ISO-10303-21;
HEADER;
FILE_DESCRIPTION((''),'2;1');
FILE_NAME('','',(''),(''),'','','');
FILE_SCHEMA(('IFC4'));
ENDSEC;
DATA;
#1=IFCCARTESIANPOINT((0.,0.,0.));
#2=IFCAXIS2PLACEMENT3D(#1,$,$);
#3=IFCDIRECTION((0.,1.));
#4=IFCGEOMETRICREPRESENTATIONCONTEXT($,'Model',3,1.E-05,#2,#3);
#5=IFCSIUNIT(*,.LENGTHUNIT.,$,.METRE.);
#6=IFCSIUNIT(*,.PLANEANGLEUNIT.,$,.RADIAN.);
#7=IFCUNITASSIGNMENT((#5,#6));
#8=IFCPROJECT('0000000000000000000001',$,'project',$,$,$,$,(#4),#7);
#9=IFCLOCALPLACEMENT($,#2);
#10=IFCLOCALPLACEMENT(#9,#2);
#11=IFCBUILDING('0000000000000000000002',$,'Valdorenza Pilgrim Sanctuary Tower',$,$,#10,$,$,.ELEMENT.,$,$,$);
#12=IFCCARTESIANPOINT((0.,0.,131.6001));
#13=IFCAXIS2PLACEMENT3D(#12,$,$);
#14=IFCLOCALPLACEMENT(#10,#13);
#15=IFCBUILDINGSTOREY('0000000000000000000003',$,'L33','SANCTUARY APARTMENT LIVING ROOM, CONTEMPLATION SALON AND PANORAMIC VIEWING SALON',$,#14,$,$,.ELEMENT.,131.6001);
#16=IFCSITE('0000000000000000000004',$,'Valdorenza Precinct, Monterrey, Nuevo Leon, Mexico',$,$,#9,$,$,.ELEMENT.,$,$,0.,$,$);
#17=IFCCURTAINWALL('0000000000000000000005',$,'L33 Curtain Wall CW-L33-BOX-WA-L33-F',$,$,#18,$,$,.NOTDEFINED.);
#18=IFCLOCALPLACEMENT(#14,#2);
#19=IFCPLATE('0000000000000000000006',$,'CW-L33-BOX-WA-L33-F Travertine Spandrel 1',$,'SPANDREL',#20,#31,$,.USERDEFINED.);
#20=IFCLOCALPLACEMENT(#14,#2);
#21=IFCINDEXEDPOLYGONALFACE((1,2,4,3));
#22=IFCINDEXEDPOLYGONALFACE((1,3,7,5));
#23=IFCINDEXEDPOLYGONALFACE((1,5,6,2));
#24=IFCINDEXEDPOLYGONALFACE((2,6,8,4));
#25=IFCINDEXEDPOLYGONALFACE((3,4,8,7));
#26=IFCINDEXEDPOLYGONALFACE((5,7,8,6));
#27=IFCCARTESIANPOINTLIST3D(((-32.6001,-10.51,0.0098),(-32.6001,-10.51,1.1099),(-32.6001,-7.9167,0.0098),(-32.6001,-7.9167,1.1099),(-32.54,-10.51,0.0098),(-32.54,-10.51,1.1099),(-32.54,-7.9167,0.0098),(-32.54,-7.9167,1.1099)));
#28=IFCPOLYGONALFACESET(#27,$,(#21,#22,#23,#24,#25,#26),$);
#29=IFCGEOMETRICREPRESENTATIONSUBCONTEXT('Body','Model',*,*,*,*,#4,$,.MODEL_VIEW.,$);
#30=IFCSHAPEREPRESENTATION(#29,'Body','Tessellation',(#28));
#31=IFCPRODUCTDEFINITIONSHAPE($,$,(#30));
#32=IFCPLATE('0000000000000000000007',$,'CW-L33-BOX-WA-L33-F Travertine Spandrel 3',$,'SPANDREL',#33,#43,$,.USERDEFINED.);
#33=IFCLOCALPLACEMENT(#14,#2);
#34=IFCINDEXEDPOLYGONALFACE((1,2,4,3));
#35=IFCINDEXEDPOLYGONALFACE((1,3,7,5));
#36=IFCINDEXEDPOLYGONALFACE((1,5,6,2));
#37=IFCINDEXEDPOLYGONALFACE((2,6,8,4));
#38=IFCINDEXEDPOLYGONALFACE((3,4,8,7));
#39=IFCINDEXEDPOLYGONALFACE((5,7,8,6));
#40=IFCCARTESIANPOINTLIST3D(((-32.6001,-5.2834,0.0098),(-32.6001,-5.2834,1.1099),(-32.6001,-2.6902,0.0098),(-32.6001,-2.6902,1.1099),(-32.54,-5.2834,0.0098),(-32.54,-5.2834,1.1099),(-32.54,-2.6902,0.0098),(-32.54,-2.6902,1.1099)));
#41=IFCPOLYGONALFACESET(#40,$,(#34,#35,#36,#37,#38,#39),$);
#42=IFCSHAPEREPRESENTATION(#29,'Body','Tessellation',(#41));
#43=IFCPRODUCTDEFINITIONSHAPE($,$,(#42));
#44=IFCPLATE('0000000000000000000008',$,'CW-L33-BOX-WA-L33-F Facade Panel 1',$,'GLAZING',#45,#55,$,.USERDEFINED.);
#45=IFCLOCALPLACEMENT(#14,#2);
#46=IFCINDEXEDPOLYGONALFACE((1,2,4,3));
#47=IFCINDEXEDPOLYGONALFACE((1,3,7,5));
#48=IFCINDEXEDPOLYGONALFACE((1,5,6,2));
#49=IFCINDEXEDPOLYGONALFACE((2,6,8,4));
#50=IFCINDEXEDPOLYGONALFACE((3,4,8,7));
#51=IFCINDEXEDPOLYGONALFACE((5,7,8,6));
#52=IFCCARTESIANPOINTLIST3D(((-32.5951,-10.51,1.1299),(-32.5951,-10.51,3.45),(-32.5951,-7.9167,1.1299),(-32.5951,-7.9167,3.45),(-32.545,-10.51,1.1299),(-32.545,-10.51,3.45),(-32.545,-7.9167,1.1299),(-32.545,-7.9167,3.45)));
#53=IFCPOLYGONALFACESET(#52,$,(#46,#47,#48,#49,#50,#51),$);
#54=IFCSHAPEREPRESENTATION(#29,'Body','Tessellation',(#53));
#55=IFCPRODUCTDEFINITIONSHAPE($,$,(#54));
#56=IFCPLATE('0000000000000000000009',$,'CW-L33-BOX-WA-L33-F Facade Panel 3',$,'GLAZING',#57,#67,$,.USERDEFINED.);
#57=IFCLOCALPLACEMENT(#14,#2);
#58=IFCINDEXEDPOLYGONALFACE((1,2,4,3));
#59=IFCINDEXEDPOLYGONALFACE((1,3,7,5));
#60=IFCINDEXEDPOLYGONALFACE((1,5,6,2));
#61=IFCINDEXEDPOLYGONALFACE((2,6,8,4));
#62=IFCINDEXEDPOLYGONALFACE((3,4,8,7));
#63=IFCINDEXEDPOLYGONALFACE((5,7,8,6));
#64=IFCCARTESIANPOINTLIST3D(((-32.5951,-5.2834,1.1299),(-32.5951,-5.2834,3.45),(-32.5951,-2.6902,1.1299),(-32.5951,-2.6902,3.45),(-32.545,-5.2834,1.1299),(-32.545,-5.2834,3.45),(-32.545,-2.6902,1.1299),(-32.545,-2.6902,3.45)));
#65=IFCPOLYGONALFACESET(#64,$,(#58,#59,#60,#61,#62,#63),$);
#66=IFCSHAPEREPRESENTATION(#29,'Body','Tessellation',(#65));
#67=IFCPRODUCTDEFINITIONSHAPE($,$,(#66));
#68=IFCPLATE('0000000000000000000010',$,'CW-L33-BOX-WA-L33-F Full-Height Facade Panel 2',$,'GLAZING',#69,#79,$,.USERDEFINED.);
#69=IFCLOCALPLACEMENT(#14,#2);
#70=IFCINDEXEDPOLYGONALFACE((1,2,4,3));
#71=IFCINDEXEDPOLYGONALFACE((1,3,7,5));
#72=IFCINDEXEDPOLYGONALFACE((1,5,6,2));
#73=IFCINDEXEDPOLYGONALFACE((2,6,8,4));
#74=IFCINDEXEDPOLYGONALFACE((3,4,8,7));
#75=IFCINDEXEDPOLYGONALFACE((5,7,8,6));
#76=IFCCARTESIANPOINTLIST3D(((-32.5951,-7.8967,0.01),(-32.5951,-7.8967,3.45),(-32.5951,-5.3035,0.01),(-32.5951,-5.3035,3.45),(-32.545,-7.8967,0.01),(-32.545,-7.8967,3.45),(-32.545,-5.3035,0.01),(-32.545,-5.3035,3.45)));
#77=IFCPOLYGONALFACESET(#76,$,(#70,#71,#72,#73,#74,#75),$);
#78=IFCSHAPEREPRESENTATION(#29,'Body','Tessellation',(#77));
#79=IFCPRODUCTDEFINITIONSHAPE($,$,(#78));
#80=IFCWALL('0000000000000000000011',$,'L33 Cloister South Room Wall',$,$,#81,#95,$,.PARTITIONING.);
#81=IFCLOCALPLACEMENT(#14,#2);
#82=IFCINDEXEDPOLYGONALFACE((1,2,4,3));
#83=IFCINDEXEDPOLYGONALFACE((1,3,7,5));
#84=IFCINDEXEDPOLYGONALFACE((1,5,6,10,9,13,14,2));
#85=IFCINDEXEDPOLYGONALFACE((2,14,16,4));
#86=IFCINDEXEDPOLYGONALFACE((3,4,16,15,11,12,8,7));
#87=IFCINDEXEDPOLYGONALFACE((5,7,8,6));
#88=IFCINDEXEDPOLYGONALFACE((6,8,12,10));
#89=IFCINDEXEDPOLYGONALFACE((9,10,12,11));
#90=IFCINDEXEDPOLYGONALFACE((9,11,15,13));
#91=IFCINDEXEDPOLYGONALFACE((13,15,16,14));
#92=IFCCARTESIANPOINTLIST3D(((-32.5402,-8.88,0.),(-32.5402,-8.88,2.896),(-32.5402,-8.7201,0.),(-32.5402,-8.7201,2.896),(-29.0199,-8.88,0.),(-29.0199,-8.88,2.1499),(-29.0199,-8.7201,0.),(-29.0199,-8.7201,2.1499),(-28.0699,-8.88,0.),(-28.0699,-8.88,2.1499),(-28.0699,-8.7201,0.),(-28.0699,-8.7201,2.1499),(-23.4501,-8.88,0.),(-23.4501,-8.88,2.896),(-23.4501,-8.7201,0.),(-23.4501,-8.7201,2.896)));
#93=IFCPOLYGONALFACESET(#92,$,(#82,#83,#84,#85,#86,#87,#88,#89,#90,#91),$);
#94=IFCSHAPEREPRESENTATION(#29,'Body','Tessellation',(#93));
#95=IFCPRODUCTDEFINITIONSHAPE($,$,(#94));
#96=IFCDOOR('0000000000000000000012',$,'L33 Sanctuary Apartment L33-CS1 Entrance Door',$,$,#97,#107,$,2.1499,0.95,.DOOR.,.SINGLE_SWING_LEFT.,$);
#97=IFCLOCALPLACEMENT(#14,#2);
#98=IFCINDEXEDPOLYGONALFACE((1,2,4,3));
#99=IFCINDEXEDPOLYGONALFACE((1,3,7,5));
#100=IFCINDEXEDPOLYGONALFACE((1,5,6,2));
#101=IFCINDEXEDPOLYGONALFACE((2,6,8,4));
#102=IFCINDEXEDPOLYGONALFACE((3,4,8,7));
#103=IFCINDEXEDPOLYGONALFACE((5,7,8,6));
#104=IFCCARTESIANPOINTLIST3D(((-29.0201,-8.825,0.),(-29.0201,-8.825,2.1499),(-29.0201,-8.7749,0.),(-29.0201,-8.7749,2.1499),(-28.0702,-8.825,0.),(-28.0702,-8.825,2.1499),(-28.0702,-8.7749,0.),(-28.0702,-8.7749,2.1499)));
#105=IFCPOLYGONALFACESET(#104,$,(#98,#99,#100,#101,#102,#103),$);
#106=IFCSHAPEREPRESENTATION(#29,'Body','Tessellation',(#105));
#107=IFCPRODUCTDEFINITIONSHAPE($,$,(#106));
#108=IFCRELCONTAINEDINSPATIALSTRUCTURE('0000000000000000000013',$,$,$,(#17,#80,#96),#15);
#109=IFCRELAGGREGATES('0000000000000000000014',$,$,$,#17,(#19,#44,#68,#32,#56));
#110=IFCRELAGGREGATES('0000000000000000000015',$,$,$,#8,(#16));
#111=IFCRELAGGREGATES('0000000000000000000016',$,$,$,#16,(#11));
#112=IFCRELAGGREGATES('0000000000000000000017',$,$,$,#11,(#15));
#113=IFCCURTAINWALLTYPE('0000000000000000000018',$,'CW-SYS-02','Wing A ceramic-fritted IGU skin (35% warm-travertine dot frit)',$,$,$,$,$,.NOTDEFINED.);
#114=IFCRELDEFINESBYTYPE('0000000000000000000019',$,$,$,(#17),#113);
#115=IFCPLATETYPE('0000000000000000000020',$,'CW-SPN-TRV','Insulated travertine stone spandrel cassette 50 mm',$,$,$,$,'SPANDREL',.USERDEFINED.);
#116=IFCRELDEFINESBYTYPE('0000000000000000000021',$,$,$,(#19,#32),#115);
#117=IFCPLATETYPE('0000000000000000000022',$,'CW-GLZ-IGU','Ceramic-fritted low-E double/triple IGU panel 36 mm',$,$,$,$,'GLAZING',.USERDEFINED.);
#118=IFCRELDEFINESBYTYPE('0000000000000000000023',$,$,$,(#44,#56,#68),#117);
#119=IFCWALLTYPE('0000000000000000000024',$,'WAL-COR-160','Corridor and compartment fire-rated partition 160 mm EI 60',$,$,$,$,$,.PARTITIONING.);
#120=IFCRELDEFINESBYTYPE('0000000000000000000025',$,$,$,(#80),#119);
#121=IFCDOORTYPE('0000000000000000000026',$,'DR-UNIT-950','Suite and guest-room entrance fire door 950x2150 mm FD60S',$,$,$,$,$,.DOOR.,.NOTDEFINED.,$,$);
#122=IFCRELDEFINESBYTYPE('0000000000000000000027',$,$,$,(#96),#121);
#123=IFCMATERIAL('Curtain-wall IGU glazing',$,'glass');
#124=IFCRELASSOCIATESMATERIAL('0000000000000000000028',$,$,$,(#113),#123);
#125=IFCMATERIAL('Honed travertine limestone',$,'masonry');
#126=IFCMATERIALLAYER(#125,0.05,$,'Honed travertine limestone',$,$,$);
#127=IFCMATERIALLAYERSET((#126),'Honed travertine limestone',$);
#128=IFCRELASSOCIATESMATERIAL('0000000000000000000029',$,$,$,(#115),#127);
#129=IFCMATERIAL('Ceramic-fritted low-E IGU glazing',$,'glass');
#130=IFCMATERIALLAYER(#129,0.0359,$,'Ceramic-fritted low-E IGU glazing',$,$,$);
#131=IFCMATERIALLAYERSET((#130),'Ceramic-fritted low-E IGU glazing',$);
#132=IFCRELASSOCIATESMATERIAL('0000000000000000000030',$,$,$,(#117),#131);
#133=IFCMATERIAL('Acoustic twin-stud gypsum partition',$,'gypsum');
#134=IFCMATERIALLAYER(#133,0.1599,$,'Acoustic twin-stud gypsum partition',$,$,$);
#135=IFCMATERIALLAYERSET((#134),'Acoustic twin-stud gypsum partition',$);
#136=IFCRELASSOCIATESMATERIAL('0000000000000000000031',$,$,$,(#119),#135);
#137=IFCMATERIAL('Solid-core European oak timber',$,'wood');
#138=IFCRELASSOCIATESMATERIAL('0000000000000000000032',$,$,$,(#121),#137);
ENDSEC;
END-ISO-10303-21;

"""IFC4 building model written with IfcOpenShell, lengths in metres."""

from ifc_helpers import new_model, si_unit, direction, frame, frame_2d, origin, origin_2d, place, context, subcontext, project, spatial, rectangle, extrude, source, transform, mapped, material, layer, layer_set, type_object, element, fill, aggregate, save


model = new_model("IFC4")

# Units and contexts
model_context = context("Model", 3, precision=1e-05, world=origin(), true_north=direction((0.0, 1.0)))
body_context = subcontext(model_context, "Body", "Model", "MODEL_VIEW")
ifc_project = project(units=[si_unit("LENGTHUNIT", "METRE"), si_unit("PLANEANGLEUNIT", "RADIAN")], contexts=[model_context])

# Site, building, storey
site_placement = place(None, origin())
site = spatial("IfcSite", under=ifc_project, at=site_placement, Name="Valdorenza Precinct, Monterrey, Nuevo Leon, Mexico", CompositionType="ELEMENT", RefElevation=0.0)
building_placement = place(site_placement, origin())
building = spatial("IfcBuilding", under=site, at=building_placement, Name="Valdorenza Pilgrim Sanctuary Tower", CompositionType="ELEMENT")
storey_placement = place(building_placement, frame((0.0, 0.0, 131.6001)))
storey = spatial("IfcBuildingStorey", under=building, at=storey_placement, Name="L33", Description="SANCTUARY APARTMENT LIVING ROOM, CONTEMPLATION SALON AND PANORAMIC VIEWING SALON", CompositionType="ELEMENT", Elevation=131.6001)

# Shared definitions
ifc_material_1 = material(Name="Curtain-wall IGU glazing", Category="glass")
curtain_wall_type = type_object("IfcCurtainWallType", Name="CW-SYS-02", Description="Wing A ceramic-fritted IGU skin (35% warm-travertine dot frit)", PredefinedType="NOTDEFINED", material=ifc_material_1)

# Curtain wall
curtain_wall_1_placement = place(storey_placement, origin())
curtain_wall_1 = element("IfcCurtainWall", 1, at=curtain_wall_1_placement, inside=storey, type_object=curtain_wall_type, Name="L33 Curtain Wall CW-L33-BOX-WA-L33-F", PredefinedType="NOTDEFINED")

# Plates
ifc_material_2 = material(Name="Honed travertine limestone", Category="masonry")
ifc_layer_1 = layer(ifc_material_2, 0.05, Name="Honed travertine limestone")
ifc_layer_set_1 = layer_set([ifc_layer_1], Name="Honed travertine limestone")
plate_type_1 = type_object("IfcPlateType", Name="CW-SPN-TRV", Description="Insulated travertine stone spandrel cassette 50 mm", ElementType="SPANDREL", PredefinedType="USERDEFINED", material=ifc_layer_set_1)
ifc_material_3 = material(Name="Ceramic-fritted low-E IGU glazing", Category="glass")
ifc_layer_2 = layer(ifc_material_3, 0.0359, Name="Ceramic-fritted low-E IGU glazing")
ifc_layer_set_2 = layer_set([ifc_layer_2], Name="Ceramic-fritted low-E IGU glazing")
plate_type_2 = type_object("IfcPlateType", Name="CW-GLZ-IGU", Description="Ceramic-fritted low-E double/triple IGU panel 36 mm", ElementType="GLAZING", PredefinedType="USERDEFINED", material=ifc_layer_set_2)
shared_shape_1 = source(origin(), body_context, "Body", "SweptSolid", [
    extrude(rectangle(XDim=2.5933, YDim=0.0601, at=origin_2d()), origin(), (0.0, 0.0, 1.0), 1.1001),
])
plate_1_placement = place(storey_placement, frame((-32.5701, -9.2134, 0.0098), z_axis=(0.0, 0.0, 1.0), x_axis=(0.0, 1.0, 0.0)))
plate_1 = element("IfcPlate", 2, at=plate_1_placement, type_object=plate_type_1, Name="CW-L33-BOX-WA-L33-F Travertine Spandrel 1", ObjectType="SPANDREL", PredefinedType="USERDEFINED", context=body_context, shape_type="MappedRepresentation", body=[
    mapped(shared_shape_1, transform((0.0, 0.0, 0.0), x_axis=(1.0, 0.0, 0.0), y_axis=(0.0, 1.0, 0.0), z_axis=(0.0, 0.0, 1.0), scale=1.0)),
])
plate_2_placement = place(storey_placement, frame((-32.5701, -3.9868, 0.0098), z_axis=(0.0, 0.0, 1.0), x_axis=(0.0, 1.0, 0.0)))
plate_2 = element("IfcPlate", 3, at=plate_2_placement, type_object=plate_type_1, Name="CW-L33-BOX-WA-L33-F Travertine Spandrel 3", ObjectType="SPANDREL", PredefinedType="USERDEFINED", context=body_context, shape_type="MappedRepresentation", body=[
    mapped(shared_shape_1, transform((0.0, 0.0, 0.0), x_axis=(1.0, 0.0, 0.0), y_axis=(0.0, 1.0, 0.0), z_axis=(0.0, 0.0, 1.0), scale=1.0)),
])
shared_shape_2 = source(origin(), body_context, "Body", "SweptSolid", [
    extrude(rectangle(XDim=2.5933, YDim=0.05, at=origin_2d()), origin(), (0.0, 0.0, 1.0), 2.3201),
])
plate_3_placement = place(storey_placement, frame((-32.5701, -9.2134, 1.1299), z_axis=(0.0, 0.0, 1.0), x_axis=(0.0, 1.0, 0.0)))
plate_3 = element("IfcPlate", 4, at=plate_3_placement, type_object=plate_type_2, Name="CW-L33-BOX-WA-L33-F Facade Panel 1", ObjectType="GLAZING", PredefinedType="USERDEFINED", context=body_context, shape_type="MappedRepresentation", body=[
    mapped(shared_shape_2, transform((0.0, 0.0, 0.0), x_axis=(1.0, 0.0, 0.0), y_axis=(0.0, 1.0, 0.0), z_axis=(0.0, 0.0, 1.0), scale=1.0)),
])
plate_4_placement = place(storey_placement, frame((-32.5701, -3.9868, 1.1299), z_axis=(0.0, 0.0, 1.0), x_axis=(0.0, 1.0, 0.0)))
plate_4 = element("IfcPlate", 5, at=plate_4_placement, type_object=plate_type_2, Name="CW-L33-BOX-WA-L33-F Facade Panel 3", ObjectType="GLAZING", PredefinedType="USERDEFINED", context=body_context, shape_type="MappedRepresentation", body=[
    mapped(shared_shape_2, transform((0.0, 0.0, 0.0), x_axis=(1.0, 0.0, 0.0), y_axis=(0.0, 1.0, 0.0), z_axis=(0.0, 0.0, 1.0), scale=1.0)),
])
shared_shape_3 = source(origin(), body_context, "Body", "SweptSolid", [
    extrude(rectangle(XDim=2.5933, YDim=0.05, at=origin_2d()), origin(), (0.0, 0.0, 1.0), 3.4399),
])
plate_5_placement = place(storey_placement, frame((-32.5701, -6.6001, 0.01), z_axis=(0.0, 0.0, 1.0), x_axis=(0.0, 1.0, 0.0)))
plate_5 = element("IfcPlate", 6, at=plate_5_placement, type_object=plate_type_2, Name="CW-L33-BOX-WA-L33-F Full-Height Facade Panel 2", ObjectType="GLAZING", PredefinedType="USERDEFINED", context=body_context, shape_type="MappedRepresentation", body=[
    mapped(shared_shape_3, transform((0.0, 0.0, 0.0), x_axis=(1.0, 0.0, 0.0), y_axis=(0.0, 1.0, 0.0), z_axis=(0.0, 0.0, 1.0), scale=1.0)),
])
aggregate(curtain_wall_1, [plate_1, plate_3, plate_5, plate_2, plate_4])

# Wall, opening, door
ifc_material_4 = material(Name="Acoustic twin-stud gypsum partition", Category="gypsum")
ifc_layer_3 = layer(ifc_material_4, 0.1599, Name="Acoustic twin-stud gypsum partition")
ifc_layer_set_3 = layer_set([ifc_layer_3], Name="Acoustic twin-stud gypsum partition")
wall_type = type_object("IfcWallType", Name="WAL-COR-160", Description="Corridor and compartment fire-rated partition 160 mm EI 60", PredefinedType="PARTITIONING", material=ifc_layer_set_3)
wall_placement = place(storey_placement, frame((-32.54, -8.8, 0.0), z_axis=(0.0, 0.0, 1.0), x_axis=(1.0, 0.0, 0.0)))
wall = element("IfcWall", 7, at=wall_placement, inside=storey, type_object=wall_type, Name="L33 Cloister South Room Wall", PredefinedType="PARTITIONING", context=body_context, shape_type="SweptSolid", body=[
    extrude(rectangle(XDim=9.0901, YDim=0.1599, at=frame_2d((4.5449, 0.0))), origin(), (0.0, 0.0, 1.0), 2.896),
])
opening_placement = place(wall_placement, frame((3.52, 0.0, 0.0)))
opening = element("IfcOpeningElement", 8, at=opening_placement, cuts=wall, PredefinedType="OPENING", context=body_context, shape_type="SweptSolid", body=[
    extrude(rectangle(XDim=0.95, YDim=2.1499, at=frame_2d((0.4751, 1.075))), frame((0.0, 0.0947, 0.0), z_axis=(0.0, -1.0, 0.0), x_axis=(1.0, 0.0, 0.0)), (0.0, 0.0, 1.0), 0.1897),
])
ifc_material_5 = material(Name="Solid-core European oak timber", Category="wood")
door_type = type_object("IfcDoorType", Name="DR-UNIT-950", Description="Suite and guest-room entrance fire door 950x2150 mm FD60S", OperationType="NOTDEFINED", PredefinedType="DOOR", material=ifc_material_5)
door_placement = place(opening_placement, frame((0.95, 0.0, 0.0), z_axis=(0.0, 0.0, 1.0), x_axis=(-1.0, 0.0, 0.0)))
door = element("IfcDoor", 9, at=door_placement, inside=storey, type_object=door_type, Name="L33 Sanctuary Apartment L33-CS1 Entrance Door", OperationType="SINGLE_SWING_LEFT", OverallHeight=2.1499, OverallWidth=0.95, PredefinedType="DOOR", context=body_context, shape_type="SweptSolid", body=[
    extrude(rectangle(XDim=0.95, YDim=2.1499, at=frame_2d((0.4751, 1.075))), frame((0.0, 0.0249, 0.0), z_axis=(0.0, -1.0, 0.0), x_axis=(1.0, 0.0, 0.0)), (0.0, 0.0, 1.0), 0.05),
])
fill(opening, door)

save(model, "model.ifc")
